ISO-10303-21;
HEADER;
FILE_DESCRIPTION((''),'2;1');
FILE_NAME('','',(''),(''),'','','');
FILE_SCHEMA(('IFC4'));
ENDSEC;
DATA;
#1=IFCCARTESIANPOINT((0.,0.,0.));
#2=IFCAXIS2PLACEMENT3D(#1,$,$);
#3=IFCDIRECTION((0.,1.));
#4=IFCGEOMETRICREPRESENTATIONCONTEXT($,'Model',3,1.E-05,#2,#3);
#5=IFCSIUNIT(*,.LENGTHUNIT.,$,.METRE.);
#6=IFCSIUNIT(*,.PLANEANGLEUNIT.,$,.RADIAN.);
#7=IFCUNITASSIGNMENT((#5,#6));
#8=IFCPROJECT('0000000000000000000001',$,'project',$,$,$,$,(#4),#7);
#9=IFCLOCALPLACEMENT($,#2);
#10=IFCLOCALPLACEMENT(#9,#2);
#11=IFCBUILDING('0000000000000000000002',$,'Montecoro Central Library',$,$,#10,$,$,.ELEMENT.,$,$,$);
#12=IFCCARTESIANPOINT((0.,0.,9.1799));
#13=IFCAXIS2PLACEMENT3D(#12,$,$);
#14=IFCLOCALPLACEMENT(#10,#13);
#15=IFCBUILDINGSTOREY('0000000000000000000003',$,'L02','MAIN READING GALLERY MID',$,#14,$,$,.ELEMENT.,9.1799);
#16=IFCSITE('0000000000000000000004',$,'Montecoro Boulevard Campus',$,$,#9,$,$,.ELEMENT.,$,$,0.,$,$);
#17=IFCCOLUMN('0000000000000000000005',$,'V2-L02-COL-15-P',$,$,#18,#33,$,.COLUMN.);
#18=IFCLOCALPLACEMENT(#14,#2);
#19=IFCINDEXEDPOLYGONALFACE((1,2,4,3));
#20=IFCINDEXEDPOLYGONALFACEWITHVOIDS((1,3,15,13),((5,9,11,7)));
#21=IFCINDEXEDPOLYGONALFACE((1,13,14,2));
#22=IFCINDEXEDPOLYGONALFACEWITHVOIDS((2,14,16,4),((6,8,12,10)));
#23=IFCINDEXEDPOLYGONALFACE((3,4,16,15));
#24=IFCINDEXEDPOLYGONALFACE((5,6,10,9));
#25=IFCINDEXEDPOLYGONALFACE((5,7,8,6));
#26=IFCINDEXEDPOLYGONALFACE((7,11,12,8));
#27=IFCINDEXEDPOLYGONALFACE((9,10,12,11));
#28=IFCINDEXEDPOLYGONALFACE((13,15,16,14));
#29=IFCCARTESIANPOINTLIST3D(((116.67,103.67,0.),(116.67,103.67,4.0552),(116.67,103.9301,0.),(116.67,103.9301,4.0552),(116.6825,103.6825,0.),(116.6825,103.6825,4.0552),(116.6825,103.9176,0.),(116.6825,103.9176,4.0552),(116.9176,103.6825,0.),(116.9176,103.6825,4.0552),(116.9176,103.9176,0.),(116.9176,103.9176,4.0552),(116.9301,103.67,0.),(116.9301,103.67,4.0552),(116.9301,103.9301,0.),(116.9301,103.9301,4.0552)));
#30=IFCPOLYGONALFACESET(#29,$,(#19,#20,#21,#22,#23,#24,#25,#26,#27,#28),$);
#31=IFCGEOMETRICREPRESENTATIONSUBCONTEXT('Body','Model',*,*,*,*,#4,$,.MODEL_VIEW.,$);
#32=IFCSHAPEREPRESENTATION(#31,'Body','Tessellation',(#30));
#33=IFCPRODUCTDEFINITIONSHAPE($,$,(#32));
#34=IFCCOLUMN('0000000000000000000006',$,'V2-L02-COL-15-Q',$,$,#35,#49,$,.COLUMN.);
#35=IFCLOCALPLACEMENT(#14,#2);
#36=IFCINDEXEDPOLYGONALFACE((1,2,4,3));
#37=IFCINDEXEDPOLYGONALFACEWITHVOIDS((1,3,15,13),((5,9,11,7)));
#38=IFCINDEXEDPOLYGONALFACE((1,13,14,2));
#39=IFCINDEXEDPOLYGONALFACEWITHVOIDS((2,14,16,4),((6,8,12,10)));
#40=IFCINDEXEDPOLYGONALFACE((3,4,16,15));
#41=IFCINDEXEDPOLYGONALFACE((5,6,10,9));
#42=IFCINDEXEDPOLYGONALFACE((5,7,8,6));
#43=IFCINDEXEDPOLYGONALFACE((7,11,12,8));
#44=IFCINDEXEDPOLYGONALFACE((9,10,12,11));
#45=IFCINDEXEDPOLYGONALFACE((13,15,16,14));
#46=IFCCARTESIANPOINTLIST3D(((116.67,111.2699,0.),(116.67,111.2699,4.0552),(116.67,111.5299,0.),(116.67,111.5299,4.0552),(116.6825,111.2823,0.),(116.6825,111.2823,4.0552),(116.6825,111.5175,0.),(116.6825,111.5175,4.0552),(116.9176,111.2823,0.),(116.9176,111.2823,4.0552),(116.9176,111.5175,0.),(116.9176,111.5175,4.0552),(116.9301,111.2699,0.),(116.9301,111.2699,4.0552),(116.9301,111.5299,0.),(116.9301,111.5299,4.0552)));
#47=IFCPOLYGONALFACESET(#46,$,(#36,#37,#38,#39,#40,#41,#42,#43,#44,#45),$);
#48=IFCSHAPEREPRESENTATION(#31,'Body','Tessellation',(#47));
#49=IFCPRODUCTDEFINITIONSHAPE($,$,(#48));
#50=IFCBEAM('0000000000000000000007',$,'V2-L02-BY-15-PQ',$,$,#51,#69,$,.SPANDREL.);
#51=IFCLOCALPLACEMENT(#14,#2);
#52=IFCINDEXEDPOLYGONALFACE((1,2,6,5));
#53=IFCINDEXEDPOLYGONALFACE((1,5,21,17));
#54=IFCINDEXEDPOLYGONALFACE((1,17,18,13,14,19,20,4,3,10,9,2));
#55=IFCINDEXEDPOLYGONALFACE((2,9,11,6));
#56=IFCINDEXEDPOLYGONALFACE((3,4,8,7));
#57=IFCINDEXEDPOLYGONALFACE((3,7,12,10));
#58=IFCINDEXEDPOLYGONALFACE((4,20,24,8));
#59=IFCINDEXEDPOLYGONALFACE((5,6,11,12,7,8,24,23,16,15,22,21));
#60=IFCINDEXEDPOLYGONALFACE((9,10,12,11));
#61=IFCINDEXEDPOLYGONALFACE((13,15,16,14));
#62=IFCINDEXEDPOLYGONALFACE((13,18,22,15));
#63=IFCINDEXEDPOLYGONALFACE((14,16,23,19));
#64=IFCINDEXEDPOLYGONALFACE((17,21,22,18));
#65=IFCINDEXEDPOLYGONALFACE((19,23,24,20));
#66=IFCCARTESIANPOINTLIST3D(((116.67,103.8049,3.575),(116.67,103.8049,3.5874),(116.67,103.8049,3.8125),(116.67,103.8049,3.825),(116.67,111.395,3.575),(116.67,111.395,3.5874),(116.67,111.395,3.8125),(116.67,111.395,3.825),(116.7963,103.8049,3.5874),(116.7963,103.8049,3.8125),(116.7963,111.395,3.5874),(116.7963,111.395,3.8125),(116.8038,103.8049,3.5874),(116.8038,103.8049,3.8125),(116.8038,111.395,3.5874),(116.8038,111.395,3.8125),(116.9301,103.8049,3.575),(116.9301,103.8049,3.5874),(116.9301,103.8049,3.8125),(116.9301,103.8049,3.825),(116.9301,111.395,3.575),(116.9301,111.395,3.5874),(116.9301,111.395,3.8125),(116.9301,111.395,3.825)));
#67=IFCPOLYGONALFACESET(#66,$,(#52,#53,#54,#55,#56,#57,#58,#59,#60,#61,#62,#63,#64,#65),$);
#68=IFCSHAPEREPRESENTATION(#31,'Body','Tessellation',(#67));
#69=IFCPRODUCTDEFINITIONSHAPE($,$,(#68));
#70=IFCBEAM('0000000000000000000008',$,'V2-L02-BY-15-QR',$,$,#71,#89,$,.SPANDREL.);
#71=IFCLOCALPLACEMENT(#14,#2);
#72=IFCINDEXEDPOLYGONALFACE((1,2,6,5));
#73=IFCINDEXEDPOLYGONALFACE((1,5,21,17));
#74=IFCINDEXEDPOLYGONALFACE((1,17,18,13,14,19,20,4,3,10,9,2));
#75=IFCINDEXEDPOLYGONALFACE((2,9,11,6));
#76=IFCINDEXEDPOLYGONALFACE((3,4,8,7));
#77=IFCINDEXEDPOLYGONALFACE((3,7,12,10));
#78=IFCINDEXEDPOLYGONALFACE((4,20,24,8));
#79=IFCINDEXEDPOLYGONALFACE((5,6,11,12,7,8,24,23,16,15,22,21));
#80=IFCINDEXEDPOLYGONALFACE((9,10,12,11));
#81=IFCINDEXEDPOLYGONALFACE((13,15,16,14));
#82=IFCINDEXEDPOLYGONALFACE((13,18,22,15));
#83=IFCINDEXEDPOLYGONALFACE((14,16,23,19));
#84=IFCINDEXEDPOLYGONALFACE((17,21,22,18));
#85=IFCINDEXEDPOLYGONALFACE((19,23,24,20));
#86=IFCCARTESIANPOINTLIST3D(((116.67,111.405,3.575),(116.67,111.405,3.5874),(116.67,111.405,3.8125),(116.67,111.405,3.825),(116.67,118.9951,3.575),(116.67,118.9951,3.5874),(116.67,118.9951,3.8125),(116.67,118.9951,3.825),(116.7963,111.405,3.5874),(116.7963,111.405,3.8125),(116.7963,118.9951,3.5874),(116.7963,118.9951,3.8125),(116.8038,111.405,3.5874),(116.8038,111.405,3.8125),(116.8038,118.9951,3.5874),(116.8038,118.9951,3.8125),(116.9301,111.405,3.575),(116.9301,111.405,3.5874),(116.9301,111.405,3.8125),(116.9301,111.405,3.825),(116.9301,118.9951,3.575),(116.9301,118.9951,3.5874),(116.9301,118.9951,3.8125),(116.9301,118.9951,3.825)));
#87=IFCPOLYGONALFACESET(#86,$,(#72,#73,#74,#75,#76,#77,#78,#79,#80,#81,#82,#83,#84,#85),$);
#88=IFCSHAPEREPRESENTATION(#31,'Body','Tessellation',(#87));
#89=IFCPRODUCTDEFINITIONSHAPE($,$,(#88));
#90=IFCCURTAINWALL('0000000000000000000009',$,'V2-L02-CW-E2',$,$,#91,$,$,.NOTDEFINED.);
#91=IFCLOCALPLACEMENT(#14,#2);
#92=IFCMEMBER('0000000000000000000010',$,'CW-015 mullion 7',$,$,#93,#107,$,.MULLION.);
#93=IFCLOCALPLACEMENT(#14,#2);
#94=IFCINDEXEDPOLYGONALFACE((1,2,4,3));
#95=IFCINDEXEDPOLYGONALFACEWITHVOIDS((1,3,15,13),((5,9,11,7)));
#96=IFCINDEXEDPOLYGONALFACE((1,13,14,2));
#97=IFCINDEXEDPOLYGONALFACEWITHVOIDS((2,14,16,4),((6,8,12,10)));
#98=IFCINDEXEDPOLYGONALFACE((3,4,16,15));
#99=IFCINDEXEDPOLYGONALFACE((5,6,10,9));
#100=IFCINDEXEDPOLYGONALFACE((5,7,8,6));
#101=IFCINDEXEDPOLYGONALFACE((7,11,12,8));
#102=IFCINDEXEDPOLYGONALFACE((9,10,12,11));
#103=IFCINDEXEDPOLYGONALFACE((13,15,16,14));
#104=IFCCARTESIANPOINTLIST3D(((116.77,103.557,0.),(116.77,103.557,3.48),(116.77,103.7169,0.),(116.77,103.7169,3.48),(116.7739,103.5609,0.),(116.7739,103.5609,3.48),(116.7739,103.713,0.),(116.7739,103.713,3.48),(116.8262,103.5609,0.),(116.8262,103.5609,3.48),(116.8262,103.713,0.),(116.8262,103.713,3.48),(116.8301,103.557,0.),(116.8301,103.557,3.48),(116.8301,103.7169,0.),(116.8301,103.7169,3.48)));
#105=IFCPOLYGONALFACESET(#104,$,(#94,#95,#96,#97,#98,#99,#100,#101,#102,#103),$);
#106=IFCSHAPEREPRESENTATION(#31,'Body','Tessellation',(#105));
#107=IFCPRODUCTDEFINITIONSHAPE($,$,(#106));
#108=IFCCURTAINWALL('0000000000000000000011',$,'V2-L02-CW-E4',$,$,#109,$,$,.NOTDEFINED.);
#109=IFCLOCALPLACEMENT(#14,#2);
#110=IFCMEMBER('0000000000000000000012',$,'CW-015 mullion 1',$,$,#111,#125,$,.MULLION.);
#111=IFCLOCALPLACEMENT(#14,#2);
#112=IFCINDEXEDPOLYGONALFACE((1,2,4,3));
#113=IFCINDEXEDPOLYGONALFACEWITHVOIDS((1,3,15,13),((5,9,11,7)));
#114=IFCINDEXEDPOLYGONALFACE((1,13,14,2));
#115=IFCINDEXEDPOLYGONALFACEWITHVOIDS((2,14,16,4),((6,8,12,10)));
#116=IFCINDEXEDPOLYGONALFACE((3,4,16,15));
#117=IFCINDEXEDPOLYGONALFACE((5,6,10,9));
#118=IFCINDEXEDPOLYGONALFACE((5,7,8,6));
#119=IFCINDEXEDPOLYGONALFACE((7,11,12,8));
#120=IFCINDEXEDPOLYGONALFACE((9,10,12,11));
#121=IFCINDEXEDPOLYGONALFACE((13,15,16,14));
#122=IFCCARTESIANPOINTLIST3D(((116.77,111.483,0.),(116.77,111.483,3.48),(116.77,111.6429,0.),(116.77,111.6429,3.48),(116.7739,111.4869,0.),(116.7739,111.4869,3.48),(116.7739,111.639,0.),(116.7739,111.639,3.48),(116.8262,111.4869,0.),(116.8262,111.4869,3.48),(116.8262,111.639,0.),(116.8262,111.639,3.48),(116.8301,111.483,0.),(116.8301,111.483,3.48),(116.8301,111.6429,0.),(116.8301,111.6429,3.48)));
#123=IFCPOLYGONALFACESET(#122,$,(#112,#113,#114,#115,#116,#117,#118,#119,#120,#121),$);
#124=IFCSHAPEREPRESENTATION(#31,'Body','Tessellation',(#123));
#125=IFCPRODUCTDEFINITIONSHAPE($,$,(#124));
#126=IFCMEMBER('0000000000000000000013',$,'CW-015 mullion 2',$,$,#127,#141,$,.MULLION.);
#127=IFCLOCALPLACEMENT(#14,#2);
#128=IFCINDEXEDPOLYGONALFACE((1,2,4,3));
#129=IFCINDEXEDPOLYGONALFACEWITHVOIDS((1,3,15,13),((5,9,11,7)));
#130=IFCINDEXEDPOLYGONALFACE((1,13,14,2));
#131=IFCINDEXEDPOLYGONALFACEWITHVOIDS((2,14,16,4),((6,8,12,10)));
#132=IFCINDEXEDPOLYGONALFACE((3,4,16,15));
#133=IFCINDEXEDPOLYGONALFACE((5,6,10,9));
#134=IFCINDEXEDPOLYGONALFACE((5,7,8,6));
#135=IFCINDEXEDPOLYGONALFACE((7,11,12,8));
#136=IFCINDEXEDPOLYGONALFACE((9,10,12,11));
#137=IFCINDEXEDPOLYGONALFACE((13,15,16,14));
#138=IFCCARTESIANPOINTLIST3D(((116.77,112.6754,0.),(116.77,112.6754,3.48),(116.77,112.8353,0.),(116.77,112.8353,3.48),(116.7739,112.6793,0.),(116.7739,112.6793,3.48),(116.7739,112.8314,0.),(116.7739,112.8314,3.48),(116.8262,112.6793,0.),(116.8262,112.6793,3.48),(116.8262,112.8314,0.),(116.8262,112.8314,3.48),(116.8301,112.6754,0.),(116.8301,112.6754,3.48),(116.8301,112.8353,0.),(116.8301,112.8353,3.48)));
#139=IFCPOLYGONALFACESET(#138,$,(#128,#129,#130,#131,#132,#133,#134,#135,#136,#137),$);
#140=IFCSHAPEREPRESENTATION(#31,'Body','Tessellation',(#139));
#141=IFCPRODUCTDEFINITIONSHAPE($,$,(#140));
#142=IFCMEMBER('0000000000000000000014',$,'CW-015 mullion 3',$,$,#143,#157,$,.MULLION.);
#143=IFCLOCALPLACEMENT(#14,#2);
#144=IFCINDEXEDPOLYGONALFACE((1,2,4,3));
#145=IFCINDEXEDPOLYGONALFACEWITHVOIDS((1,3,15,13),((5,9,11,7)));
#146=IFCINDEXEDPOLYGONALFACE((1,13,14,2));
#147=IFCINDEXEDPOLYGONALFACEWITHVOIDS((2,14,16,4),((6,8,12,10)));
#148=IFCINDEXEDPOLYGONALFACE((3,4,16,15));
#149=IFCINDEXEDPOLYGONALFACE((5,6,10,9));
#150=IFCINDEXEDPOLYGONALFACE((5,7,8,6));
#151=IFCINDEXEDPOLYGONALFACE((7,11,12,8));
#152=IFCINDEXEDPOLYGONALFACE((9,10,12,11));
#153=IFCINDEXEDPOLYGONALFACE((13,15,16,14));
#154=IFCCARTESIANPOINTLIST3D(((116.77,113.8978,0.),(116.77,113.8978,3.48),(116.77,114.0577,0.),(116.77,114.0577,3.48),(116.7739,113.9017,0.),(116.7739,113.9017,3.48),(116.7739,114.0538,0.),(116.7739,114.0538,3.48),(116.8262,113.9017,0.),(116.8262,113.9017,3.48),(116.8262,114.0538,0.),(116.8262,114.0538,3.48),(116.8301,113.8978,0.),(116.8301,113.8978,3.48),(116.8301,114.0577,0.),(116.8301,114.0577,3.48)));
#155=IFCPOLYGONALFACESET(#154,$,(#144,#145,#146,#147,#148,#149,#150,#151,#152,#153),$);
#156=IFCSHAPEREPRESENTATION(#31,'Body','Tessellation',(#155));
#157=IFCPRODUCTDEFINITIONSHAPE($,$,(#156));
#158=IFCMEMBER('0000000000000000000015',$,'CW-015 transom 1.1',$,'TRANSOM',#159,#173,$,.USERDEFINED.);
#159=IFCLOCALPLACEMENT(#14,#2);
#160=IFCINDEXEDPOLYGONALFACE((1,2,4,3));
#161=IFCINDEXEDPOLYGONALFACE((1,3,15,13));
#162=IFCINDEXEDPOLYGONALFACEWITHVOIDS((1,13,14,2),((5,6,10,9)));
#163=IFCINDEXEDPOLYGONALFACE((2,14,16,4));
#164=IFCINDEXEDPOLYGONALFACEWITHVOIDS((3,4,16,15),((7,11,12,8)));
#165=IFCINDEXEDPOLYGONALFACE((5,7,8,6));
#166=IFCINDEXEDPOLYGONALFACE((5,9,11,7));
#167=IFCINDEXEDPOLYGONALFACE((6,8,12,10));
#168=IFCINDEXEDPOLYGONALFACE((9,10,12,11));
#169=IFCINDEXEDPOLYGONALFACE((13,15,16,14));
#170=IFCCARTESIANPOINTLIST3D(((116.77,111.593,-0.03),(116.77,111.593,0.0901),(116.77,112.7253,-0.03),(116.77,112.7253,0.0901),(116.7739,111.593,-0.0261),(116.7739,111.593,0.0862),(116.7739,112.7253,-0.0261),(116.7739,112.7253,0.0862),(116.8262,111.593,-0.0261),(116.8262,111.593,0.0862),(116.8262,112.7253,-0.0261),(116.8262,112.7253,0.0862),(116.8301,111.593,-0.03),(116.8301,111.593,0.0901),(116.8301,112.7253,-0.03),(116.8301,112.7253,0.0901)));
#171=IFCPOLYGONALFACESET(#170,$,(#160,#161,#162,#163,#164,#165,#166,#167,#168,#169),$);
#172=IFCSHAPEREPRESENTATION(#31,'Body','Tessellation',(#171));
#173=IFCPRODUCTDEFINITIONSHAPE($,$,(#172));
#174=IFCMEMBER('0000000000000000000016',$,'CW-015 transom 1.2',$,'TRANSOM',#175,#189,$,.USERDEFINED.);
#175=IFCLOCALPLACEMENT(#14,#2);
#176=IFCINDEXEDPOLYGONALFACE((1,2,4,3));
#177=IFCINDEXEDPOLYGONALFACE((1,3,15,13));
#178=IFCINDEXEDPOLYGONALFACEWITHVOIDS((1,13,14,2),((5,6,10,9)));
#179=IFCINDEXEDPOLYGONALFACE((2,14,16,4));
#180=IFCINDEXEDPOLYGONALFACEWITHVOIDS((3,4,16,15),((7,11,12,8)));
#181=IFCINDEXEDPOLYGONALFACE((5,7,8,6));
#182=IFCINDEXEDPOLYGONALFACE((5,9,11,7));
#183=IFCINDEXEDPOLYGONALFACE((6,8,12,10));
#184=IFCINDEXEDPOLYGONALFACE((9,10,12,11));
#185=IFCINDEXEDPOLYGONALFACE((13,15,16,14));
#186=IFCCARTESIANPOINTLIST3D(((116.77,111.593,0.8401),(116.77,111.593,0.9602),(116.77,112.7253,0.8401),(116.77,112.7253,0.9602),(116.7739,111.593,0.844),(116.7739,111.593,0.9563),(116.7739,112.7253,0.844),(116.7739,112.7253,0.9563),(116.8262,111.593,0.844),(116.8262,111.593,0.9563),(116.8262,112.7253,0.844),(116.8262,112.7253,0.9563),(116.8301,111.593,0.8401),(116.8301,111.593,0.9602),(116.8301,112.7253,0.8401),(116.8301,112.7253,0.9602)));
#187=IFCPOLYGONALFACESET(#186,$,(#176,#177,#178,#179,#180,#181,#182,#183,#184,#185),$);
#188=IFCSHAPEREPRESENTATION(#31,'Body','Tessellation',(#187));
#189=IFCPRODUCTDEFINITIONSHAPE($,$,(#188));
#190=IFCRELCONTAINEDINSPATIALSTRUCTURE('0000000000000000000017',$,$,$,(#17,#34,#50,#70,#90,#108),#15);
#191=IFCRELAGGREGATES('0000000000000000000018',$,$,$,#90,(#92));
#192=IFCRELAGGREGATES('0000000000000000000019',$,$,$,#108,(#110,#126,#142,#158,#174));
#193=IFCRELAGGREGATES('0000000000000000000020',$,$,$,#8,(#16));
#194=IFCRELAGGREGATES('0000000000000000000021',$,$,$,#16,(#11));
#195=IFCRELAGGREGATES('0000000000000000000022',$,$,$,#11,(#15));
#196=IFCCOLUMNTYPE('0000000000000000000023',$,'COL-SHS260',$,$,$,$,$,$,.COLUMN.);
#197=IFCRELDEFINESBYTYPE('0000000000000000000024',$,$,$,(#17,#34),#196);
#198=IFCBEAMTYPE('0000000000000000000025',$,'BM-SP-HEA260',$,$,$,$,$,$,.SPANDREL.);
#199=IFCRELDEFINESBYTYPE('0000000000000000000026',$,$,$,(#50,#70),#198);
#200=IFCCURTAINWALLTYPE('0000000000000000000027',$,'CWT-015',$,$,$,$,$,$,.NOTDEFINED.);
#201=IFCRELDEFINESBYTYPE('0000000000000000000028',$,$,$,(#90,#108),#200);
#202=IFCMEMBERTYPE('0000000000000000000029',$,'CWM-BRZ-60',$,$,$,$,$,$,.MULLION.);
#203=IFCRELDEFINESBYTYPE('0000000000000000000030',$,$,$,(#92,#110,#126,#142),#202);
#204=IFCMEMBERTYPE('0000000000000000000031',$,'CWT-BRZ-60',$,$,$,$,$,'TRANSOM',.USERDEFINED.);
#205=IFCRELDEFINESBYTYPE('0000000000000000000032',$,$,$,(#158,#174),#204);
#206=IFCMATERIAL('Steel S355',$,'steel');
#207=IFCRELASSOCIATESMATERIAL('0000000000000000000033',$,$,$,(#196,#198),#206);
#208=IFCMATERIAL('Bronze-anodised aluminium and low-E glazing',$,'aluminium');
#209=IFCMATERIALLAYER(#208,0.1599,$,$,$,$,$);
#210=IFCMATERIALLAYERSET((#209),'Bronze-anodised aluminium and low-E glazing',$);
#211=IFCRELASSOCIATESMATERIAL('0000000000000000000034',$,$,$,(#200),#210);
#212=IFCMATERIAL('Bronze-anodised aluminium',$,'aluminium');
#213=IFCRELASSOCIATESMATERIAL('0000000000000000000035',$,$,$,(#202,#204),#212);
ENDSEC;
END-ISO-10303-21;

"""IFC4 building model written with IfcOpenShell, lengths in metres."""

from ifc_helpers import new_model, si_unit, direction, frame, origin, origin_2d, place, context, subcontext, project, spatial, hollow_rectangle, i_section, extrude, material, layer, layer_set, material_profile, profile_set, type_object, element, aggregate, save


model = new_model("IFC4")

# Units and contexts
model_context = context("Model", 3, precision=1e-05, world=origin(), true_north=direction((0.0, 1.0)))
body_context = subcontext(model_context, "Body", "Model", "MODEL_VIEW")
ifc_project = project(units=[si_unit("LENGTHUNIT", "METRE"), si_unit("PLANEANGLEUNIT", "RADIAN")], contexts=[model_context])

# Site, building, storey
site_placement = place(None, origin())
site = spatial("IfcSite", under=ifc_project, at=site_placement, Name="Montecoro Boulevard Campus", CompositionType="ELEMENT", RefElevation=0.0)
building_placement = place(site_placement, origin())
building = spatial("IfcBuilding", under=site, at=building_placement, Name="Montecoro Central Library", CompositionType="ELEMENT")
storey_placement = place(building_placement, frame((0.0, 0.0, 9.1799)))
storey = spatial("IfcBuildingStorey", under=building, at=storey_placement, Name="L02", Description="MAIN READING GALLERY MID", CompositionType="ELEMENT", Elevation=9.1799)

# Columns
ifc_material_1 = material(Name="Steel S355", Category="steel")
ifc_material_profile_1 = material_profile(ifc_material_1, hollow_rectangle(XDim=0.26, YDim=0.26, WallThickness=0.0125, at=origin_2d()), Name="SHS 260x260x12.5")
ifc_profile_set_1 = profile_set([ifc_material_profile_1], Name="Steel S355")
column_type = type_object("IfcColumnType", Name="COL-SHS260", PredefinedType="COLUMN", material=ifc_profile_set_1)
for number, where, z_axis, x_axis, name in (
    (1, (116.8, 103.8, 0.0), (0.0, 0.0, 1.0), (1.0, 0.0, 0.0), "V2-L02-COL-15-P"),
    (2, (116.8, 111.3999, 0.0), (0.0, 0.0, 1.0), (1.0, 0.0, 0.0), "V2-L02-COL-15-Q"),
):
    element("IfcColumn", number, at=place(storey_placement, frame(where, z_axis=z_axis, x_axis=x_axis)), inside=storey, type_object=column_type, Name=name, PredefinedType="COLUMN", context=body_context, shape_type="SweptSolid", body=[
        extrude(hollow_rectangle(XDim=0.26, YDim=0.26, WallThickness=0.0125, at=origin_2d()), origin(), (0.0, 0.0, 1.0), 4.0552),
    ])

# Beams
ifc_material_profile_2 = material_profile(ifc_material_1, i_section(OverallWidth=0.26, OverallDepth=0.25, WebThickness=0.0076, FlangeThickness=0.0125, at=origin_2d()), Name="HEA 260")
ifc_profile_set_2 = profile_set([ifc_material_profile_2], Name="Steel S355")
beam_type = type_object("IfcBeamType", Name="BM-SP-HEA260", PredefinedType="SPANDREL", material=ifc_profile_set_2)
for number, where, z_axis, x_axis, name in (
    (3, (116.8, 103.8049, 3.7), (0.0, 1.0, 0.0), (-1.0, 0.0, 0.0), "V2-L02-BY-15-PQ"),
    (4, (116.8, 111.405, 3.7), (0.0, 1.0, 0.0), (-1.0, 0.0, 0.0), "V2-L02-BY-15-QR"),
):
    element("IfcBeam", number, at=place(storey_placement, frame(where, z_axis=z_axis, x_axis=x_axis)), inside=storey, type_object=beam_type, Name=name, PredefinedType="SPANDREL", context=body_context, shape_type="SweptSolid", body=[
        extrude(i_section(OverallWidth=0.26, OverallDepth=0.25, WebThickness=0.0076, FlangeThickness=0.0125, at=origin_2d()), origin(), (0.0, 0.0, 1.0), 7.5901),
    ])

# Curtain wall, member
ifc_material_2 = material(Name="Bronze-anodised aluminium and low-E glazing", Category="aluminium")
ifc_layer_1 = layer(ifc_material_2, 0.1599)
ifc_layer_set_1 = layer_set([ifc_layer_1], Name="Bronze-anodised aluminium and low-E glazing")
curtain_wall_type = type_object("IfcCurtainWallType", Name="CWT-015", PredefinedType="NOTDEFINED", material=ifc_layer_set_1)
curtain_wall_1_placement = place(storey_placement, origin())
curtain_wall_1 = element("IfcCurtainWall", 5, at=curtain_wall_1_placement, inside=storey, type_object=curtain_wall_type, Name="V2-L02-CW-E2", PredefinedType="NOTDEFINED")
ifc_material_3 = material(Name="Bronze-anodised aluminium", Category="aluminium")
ifc_material_profile_3 = material_profile(ifc_material_3, hollow_rectangle(XDim=0.0601, YDim=0.1599, WallThickness=0.0039, at=origin_2d()), Name="CWM 160x60x4.0")
ifc_profile_set_3 = profile_set([ifc_material_profile_3], Name="Bronze-anodised aluminium")
member_type_1 = type_object("IfcMemberType", Name="CWM-BRZ-60", PredefinedType="MULLION", material=ifc_profile_set_3)
member_1_placement = place(storey_placement, frame((116.8, 103.637, 0.0), z_axis=(0.0, 0.0, 1.0), x_axis=(-1.0, 0.0, 0.0)))
member_1 = element("IfcMember", 6, at=member_1_placement, type_object=member_type_1, Name="CW-015 mullion 7", PredefinedType="MULLION", context=body_context, shape_type="SweptSolid", body=[
    extrude(hollow_rectangle(XDim=0.0601, YDim=0.1599, WallThickness=0.0039, at=origin_2d()), origin(), (0.0, 0.0, 1.0), 3.48),
])

# Curtain wall, members
curtain_wall_2_placement = place(storey_placement, origin())
curtain_wall_2 = element("IfcCurtainWall", 7, at=curtain_wall_2_placement, inside=storey, type_object=curtain_wall_type, Name="V2-L02-CW-E4", PredefinedType="NOTDEFINED")
member_2_placement = place(storey_placement, frame((116.8, 111.563, 0.0), z_axis=(0.0, 0.0, 1.0), x_axis=(-1.0, 0.0, 0.0)))
member_2 = element("IfcMember", 8, at=member_2_placement, type_object=member_type_1, Name="CW-015 mullion 1", PredefinedType="MULLION", context=body_context, shape_type="SweptSolid", body=[
    extrude(hollow_rectangle(XDim=0.0601, YDim=0.1599, WallThickness=0.0039, at=origin_2d()), origin(), (0.0, 0.0, 1.0), 3.48),
])
member_3_placement = place(storey_placement, frame((116.8, 112.7554, 0.0), z_axis=(0.0, 0.0, 1.0), x_axis=(-1.0, 0.0, 0.0)))
member_3 = element("IfcMember", 9, at=member_3_placement, type_object=member_type_1, Name="CW-015 mullion 2", PredefinedType="MULLION", context=body_context, shape_type="SweptSolid", body=[
    extrude(hollow_rectangle(XDim=0.0601, YDim=0.1599, WallThickness=0.0039, at=origin_2d()), origin(), (0.0, 0.0, 1.0), 3.48),
])
member_4_placement = place(storey_placement, frame((116.8, 113.9778, 0.0), z_axis=(0.0, 0.0, 1.0), x_axis=(-1.0, 0.0, 0.0)))
member_4 = element("IfcMember", 10, at=member_4_placement, type_object=member_type_1, Name="CW-015 mullion 3", PredefinedType="MULLION", context=body_context, shape_type="SweptSolid", body=[
    extrude(hollow_rectangle(XDim=0.0601, YDim=0.1599, WallThickness=0.0039, at=origin_2d()), origin(), (0.0, 0.0, 1.0), 3.48),
])
ifc_material_profile_4 = material_profile(ifc_material_3, hollow_rectangle(XDim=0.0601, YDim=0.1201, WallThickness=0.0039, at=origin_2d()), Name="CWT 120x60x4.0")
ifc_profile_set_4 = profile_set([ifc_material_profile_4], Name="Bronze-anodised aluminium")
member_type_2 = type_object("IfcMemberType", Name="CWT-BRZ-60", ElementType="TRANSOM", PredefinedType="USERDEFINED", material=ifc_profile_set_4)
member_5_placement = place(storey_placement, frame((116.8, 111.593, 0.03), z_axis=(0.0, 1.0, 0.0), x_axis=(-1.0, 0.0, 0.0)))
member_5 = element("IfcMember", 11, at=member_5_placement, type_object=member_type_2, Name="CW-015 transom 1.1", ObjectType="TRANSOM", PredefinedType="USERDEFINED", context=body_context, shape_type="SweptSolid", body=[
    extrude(hollow_rectangle(XDim=0.0601, YDim=0.1201, WallThickness=0.0039, at=origin_2d()), origin(), (0.0, 0.0, 1.0), 1.1323),
])
member_6_placement = place(storey_placement, frame((116.8, 111.593, 0.9001), z_axis=(0.0, 1.0, 0.0), x_axis=(-1.0, 0.0, 0.0)))
member_6 = element("IfcMember", 12, at=member_6_placement, type_object=member_type_2, Name="CW-015 transom 1.2", ObjectType="TRANSOM", PredefinedType="USERDEFINED", context=body_context, shape_type="SweptSolid", body=[
    extrude(hollow_rectangle(XDim=0.0601, YDim=0.1201, WallThickness=0.0039, at=origin_2d()), origin(), (0.0, 0.0, 1.0), 1.1323),
])

aggregate(curtain_wall_1, [member_1])
aggregate(curtain_wall_2, [member_2, member_3, member_4, member_5, member_6])

save(model, "model.ifc")
